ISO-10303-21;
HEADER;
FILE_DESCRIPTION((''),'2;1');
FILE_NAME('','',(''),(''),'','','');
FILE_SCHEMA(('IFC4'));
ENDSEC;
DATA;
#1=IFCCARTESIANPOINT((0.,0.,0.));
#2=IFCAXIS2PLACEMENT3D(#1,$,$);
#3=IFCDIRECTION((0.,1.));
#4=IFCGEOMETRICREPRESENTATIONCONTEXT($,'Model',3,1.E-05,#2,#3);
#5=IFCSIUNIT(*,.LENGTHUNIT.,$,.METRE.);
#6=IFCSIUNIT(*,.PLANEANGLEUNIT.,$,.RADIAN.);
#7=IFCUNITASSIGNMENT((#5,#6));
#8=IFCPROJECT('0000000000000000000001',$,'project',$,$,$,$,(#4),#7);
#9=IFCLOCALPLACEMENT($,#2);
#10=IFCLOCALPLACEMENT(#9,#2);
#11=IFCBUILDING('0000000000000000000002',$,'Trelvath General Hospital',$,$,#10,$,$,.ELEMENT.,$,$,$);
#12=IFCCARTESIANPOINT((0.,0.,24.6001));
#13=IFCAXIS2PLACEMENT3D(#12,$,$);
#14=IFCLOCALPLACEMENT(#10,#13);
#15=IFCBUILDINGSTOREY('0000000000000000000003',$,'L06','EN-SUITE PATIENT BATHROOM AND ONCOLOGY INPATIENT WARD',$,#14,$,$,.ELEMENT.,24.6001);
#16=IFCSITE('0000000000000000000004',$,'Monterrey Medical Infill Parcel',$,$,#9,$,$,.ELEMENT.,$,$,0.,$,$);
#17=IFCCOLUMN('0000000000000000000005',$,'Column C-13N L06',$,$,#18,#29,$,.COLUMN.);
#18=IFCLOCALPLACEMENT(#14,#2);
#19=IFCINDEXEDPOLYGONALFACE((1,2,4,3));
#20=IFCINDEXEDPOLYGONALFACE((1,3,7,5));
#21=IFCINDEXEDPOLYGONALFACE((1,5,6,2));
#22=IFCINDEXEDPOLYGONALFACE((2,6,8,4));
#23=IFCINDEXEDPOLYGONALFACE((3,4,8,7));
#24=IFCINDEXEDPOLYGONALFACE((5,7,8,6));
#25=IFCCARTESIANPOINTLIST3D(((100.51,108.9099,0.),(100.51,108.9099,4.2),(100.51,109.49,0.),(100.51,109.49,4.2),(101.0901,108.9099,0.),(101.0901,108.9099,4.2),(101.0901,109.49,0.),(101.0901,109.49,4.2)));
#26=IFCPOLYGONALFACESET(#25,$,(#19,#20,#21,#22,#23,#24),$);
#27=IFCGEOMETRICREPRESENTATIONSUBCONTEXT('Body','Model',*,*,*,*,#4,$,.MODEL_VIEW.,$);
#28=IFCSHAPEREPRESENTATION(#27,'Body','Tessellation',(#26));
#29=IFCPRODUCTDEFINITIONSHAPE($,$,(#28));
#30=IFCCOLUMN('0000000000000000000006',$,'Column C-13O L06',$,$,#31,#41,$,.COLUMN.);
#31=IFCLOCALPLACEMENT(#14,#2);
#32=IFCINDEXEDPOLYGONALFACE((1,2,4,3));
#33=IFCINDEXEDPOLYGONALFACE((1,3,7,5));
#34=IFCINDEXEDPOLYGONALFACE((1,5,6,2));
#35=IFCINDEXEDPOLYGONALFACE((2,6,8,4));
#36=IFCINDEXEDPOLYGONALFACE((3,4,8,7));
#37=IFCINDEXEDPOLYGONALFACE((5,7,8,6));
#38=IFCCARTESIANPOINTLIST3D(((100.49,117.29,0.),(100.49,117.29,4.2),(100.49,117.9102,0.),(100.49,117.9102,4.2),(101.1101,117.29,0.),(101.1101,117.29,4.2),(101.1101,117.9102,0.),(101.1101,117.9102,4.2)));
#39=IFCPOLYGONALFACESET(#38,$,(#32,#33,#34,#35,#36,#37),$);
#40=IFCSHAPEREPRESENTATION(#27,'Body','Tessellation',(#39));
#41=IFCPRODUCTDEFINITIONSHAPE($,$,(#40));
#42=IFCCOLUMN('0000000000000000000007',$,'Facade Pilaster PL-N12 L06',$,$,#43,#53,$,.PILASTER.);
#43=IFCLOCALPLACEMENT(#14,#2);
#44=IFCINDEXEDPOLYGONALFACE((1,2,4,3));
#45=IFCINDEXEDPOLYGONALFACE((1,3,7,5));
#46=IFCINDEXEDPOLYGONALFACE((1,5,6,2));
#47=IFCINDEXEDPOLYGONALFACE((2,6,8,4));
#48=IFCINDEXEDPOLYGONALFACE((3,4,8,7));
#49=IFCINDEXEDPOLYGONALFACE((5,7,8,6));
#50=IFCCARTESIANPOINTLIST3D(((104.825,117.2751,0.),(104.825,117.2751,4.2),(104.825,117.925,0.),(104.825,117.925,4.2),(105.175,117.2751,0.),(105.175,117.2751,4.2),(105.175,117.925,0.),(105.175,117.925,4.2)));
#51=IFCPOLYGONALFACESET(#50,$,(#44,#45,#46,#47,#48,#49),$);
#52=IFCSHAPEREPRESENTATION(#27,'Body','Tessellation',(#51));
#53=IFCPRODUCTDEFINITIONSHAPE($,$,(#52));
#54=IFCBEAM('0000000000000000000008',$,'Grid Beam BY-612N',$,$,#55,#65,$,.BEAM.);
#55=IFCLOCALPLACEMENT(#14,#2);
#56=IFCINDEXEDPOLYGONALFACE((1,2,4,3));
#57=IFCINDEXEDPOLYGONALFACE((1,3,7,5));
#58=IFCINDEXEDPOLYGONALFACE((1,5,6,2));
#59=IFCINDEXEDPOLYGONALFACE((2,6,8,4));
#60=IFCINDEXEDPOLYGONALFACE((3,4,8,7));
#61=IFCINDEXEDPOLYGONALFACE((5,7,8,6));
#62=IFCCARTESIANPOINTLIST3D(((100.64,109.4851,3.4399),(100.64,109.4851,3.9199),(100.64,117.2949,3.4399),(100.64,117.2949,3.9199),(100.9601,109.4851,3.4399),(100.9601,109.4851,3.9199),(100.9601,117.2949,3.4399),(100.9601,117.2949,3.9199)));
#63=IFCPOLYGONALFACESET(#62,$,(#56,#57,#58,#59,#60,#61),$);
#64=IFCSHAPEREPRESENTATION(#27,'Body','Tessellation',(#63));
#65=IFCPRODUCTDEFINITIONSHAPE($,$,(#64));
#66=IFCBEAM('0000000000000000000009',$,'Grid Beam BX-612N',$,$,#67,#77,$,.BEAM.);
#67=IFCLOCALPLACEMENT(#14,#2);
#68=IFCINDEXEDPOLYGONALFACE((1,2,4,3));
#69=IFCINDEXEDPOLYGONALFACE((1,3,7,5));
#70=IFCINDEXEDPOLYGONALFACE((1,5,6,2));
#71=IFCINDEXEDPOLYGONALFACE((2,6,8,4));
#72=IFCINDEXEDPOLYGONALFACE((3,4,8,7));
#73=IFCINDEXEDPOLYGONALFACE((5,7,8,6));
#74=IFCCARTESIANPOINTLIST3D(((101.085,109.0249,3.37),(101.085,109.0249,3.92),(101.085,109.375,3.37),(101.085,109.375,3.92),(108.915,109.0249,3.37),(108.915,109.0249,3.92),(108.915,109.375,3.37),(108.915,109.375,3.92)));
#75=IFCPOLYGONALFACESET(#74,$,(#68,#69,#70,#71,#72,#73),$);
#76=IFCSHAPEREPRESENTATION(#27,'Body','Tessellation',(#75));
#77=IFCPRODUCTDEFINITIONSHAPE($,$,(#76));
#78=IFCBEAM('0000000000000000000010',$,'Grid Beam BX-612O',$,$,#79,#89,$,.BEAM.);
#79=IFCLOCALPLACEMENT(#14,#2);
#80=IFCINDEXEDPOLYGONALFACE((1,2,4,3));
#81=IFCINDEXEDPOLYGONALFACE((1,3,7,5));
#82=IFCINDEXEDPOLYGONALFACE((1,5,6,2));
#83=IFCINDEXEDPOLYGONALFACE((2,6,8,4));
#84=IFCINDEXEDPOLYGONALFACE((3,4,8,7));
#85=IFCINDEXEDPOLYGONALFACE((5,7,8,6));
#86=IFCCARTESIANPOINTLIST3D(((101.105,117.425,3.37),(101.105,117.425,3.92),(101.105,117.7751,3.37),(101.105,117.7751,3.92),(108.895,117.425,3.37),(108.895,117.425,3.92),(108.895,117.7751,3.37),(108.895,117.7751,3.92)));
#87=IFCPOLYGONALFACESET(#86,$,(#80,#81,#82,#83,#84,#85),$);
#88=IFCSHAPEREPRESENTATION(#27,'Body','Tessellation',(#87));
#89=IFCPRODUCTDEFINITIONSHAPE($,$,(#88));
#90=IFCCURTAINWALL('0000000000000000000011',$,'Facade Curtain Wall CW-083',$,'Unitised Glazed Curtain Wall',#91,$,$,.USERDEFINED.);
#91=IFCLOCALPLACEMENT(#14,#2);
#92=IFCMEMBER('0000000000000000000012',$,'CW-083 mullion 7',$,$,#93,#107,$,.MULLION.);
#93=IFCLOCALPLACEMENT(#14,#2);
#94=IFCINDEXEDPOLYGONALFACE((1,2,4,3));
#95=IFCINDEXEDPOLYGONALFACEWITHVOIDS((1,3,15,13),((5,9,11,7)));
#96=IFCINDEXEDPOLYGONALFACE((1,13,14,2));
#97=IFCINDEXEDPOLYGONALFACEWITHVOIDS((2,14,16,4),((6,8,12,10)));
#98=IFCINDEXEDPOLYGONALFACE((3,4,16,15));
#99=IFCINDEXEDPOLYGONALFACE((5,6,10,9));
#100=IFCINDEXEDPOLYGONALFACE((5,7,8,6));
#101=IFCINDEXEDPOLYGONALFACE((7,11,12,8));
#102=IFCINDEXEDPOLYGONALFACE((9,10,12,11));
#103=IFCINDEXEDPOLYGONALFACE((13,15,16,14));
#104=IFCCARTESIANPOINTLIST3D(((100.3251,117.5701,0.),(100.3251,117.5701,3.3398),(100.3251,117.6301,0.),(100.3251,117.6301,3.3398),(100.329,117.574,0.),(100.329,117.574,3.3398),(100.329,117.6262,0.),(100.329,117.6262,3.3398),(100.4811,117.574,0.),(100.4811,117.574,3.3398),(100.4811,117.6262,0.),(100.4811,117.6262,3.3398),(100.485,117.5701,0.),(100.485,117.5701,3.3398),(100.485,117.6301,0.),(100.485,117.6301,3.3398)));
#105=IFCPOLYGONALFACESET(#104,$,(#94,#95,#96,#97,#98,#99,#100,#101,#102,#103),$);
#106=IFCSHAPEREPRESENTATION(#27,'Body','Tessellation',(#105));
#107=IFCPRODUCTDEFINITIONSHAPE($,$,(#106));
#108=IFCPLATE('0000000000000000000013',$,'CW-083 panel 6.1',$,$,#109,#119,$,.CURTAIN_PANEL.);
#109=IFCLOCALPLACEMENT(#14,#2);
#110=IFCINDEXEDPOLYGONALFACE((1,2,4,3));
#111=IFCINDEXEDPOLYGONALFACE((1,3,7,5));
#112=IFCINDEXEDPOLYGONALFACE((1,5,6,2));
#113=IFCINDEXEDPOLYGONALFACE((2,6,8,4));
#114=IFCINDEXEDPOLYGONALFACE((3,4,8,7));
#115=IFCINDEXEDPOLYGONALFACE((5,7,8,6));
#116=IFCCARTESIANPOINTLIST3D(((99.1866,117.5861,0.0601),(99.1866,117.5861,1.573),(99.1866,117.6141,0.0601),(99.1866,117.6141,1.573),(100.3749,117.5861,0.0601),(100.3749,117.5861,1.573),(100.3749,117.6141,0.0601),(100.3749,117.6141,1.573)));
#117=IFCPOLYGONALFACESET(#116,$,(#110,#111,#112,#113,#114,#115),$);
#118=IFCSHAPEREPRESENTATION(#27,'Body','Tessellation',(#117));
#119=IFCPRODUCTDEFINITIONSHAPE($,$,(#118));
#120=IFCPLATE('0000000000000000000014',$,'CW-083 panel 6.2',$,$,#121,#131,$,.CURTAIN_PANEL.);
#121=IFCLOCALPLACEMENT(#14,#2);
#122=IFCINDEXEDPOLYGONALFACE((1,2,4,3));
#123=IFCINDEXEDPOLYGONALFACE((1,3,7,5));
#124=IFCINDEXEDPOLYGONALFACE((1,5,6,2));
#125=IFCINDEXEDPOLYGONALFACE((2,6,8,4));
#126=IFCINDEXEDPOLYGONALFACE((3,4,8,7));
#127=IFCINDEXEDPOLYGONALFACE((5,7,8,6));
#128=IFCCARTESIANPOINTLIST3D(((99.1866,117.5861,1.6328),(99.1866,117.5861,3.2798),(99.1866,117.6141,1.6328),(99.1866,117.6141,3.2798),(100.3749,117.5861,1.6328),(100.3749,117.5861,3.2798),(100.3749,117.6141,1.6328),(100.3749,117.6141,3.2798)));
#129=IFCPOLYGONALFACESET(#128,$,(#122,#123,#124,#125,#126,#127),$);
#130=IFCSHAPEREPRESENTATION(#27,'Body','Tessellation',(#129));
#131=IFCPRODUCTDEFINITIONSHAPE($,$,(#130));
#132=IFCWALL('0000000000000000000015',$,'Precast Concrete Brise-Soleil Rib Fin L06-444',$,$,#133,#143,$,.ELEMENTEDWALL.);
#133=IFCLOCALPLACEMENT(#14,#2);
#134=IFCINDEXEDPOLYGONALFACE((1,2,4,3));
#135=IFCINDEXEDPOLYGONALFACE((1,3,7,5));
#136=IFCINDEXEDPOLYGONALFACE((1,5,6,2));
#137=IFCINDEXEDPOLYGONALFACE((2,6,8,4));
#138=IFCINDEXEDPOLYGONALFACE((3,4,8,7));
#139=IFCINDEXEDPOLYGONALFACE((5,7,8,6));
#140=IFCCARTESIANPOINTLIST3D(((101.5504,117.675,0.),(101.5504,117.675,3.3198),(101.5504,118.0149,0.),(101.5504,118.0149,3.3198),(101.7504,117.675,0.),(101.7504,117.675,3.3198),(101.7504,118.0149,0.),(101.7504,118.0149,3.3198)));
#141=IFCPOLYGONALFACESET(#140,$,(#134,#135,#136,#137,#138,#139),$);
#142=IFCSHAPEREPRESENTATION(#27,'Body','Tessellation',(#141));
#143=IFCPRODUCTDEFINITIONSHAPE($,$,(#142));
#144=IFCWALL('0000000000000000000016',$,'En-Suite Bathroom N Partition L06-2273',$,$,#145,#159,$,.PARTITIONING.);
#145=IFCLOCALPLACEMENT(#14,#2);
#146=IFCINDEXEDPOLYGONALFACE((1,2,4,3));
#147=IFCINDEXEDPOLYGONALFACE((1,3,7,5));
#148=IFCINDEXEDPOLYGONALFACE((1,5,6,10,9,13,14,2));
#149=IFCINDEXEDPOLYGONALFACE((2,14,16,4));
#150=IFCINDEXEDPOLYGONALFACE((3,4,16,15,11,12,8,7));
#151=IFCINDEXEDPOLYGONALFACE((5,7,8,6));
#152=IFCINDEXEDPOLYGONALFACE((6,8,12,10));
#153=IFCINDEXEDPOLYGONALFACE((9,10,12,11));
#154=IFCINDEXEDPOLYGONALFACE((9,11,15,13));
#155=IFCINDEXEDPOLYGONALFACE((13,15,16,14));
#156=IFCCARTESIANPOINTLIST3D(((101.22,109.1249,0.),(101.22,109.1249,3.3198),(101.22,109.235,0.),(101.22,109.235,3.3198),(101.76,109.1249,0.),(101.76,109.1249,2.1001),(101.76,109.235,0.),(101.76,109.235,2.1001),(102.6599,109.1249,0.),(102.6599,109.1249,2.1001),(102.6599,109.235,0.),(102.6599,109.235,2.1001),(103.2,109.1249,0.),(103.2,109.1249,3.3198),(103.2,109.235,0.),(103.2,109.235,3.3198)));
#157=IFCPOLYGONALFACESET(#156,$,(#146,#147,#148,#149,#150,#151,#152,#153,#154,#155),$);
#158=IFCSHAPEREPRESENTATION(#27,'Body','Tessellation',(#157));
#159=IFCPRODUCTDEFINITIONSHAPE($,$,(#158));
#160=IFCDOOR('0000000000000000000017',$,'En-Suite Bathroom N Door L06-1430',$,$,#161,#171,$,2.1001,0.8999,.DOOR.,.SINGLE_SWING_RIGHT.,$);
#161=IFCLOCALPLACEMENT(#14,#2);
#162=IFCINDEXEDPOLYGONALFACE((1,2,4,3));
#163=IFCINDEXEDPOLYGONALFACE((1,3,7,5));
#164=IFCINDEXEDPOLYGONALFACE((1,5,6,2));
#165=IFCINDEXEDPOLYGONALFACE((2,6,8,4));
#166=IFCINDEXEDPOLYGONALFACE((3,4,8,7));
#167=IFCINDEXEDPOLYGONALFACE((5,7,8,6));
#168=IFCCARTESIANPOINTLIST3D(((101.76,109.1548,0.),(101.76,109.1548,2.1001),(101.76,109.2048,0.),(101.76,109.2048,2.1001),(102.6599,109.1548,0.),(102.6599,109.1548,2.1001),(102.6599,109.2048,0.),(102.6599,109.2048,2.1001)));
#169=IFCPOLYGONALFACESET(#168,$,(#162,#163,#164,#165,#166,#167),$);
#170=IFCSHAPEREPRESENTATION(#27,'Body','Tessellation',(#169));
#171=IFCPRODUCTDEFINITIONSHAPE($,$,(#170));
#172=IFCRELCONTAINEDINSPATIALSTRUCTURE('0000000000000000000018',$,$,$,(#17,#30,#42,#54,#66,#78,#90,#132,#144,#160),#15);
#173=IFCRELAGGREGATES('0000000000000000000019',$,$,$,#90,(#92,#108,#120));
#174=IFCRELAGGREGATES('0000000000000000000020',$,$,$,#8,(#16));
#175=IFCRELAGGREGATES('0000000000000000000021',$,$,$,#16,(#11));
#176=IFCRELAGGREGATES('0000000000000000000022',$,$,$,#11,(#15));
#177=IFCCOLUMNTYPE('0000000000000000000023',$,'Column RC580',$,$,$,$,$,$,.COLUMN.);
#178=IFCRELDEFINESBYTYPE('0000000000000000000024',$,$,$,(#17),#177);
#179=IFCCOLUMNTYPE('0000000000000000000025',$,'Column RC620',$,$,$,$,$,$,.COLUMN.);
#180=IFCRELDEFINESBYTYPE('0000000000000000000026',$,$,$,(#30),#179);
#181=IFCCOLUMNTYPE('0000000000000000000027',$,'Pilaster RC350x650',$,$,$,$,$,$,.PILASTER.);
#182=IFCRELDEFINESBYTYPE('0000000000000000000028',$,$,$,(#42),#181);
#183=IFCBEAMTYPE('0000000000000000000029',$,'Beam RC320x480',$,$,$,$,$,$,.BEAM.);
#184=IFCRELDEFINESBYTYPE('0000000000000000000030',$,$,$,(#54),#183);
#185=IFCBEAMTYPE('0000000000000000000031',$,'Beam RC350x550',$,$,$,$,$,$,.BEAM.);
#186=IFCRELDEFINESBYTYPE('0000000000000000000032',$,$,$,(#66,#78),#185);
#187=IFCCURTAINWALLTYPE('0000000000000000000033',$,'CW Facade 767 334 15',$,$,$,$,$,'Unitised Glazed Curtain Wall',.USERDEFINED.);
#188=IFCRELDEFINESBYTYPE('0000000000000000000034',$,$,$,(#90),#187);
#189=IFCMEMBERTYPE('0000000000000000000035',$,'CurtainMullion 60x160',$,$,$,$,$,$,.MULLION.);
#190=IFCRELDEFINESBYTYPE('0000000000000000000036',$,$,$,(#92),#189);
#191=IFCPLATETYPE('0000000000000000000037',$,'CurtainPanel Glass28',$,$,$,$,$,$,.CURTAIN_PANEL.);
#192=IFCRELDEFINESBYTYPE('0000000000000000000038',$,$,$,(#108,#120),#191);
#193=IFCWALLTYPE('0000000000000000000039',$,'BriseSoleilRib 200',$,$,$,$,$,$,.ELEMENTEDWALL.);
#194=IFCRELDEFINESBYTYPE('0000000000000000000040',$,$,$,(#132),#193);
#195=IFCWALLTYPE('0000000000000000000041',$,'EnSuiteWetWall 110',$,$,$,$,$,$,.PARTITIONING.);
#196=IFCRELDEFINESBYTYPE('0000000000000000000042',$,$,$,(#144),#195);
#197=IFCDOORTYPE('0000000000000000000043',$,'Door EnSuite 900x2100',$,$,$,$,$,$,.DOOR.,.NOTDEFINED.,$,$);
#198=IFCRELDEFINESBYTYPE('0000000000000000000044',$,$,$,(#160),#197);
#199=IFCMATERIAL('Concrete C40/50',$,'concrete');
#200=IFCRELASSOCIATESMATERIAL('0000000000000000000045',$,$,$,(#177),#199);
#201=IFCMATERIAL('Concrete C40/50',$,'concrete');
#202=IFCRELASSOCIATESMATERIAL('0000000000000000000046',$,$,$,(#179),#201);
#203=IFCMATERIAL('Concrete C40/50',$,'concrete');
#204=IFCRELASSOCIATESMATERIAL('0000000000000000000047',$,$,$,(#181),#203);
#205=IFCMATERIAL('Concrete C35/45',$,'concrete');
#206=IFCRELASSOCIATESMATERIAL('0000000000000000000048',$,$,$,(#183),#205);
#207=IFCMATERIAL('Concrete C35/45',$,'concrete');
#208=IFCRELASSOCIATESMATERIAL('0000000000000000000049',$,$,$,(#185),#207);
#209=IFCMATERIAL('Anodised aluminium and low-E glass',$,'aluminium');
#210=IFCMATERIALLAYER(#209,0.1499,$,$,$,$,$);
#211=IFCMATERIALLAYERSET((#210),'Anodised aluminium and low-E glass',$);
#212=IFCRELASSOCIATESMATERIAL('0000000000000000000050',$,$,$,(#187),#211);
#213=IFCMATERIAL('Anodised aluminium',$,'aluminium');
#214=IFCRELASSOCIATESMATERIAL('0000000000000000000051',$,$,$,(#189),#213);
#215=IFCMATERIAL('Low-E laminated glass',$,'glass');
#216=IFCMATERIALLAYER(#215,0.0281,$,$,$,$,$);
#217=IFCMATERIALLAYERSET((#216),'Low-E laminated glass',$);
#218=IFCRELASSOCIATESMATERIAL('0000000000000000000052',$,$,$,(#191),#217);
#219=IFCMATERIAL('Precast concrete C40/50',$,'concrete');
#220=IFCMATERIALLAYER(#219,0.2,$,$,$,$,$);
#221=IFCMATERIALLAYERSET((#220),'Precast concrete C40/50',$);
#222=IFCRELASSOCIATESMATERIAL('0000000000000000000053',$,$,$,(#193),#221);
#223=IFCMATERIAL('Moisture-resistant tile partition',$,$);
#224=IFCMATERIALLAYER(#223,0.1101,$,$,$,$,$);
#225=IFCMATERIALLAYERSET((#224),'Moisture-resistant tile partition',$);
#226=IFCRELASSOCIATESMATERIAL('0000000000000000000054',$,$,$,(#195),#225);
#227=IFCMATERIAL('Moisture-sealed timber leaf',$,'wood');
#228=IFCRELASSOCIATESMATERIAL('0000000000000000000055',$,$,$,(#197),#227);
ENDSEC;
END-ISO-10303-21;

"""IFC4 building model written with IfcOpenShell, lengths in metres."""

from ifc_helpers import new_model, si_unit, direction, frame, frame_2d, origin, origin_2d, place, context, subcontext, project, spatial, rectangle, hollow_rectangle, extrude, material, layer, layer_set, material_profile, profile_set, type_object, element, fill, aggregate, save


model = new_model("IFC4")

# Units and contexts
model_context = context("Model", 3, precision=1e-05, world=origin(), true_north=direction((0.0, 1.0)))
body_context = subcontext(model_context, "Body", "Model", "MODEL_VIEW")
ifc_project = project(units=[si_unit("LENGTHUNIT", "METRE"), si_unit("PLANEANGLEUNIT", "RADIAN")], contexts=[model_context])

# Site, building, storey
site_placement = place(None, origin())
site = spatial("IfcSite", under=ifc_project, at=site_placement, Name="Monterrey Medical Infill Parcel", CompositionType="ELEMENT", RefElevation=0.0)
building_placement = place(site_placement, origin())
building = spatial("IfcBuilding", under=site, at=building_placement, Name="Trelvath General Hospital", CompositionType="ELEMENT")
storey_placement = place(building_placement, frame((0.0, 0.0, 24.6001)))
storey = spatial("IfcBuildingStorey", under=building, at=storey_placement, Name="L06", Description="EN-SUITE PATIENT BATHROOM AND ONCOLOGY INPATIENT WARD", CompositionType="ELEMENT", Elevation=24.6001)

# Columns
ifc_material_1 = material(Name="Concrete C40/50", Category="concrete")
ifc_material_profile_1 = material_profile(ifc_material_1, rectangle(XDim=0.5801, YDim=0.5801, at=origin_2d()), Name="RC580x580")
ifc_profile_set_1 = profile_set([ifc_material_profile_1], Name="Concrete C40/50")
column_type_1 = type_object("IfcColumnType", Name="Column RC580", PredefinedType="COLUMN", material=ifc_profile_set_1)
column_1_placement = place(storey_placement, frame((100.8, 109.2, 0.0), z_axis=(0.0, 0.0, 1.0), x_axis=(1.0, 0.0, 0.0)))
element("IfcColumn", 1, at=column_1_placement, inside=storey, type_object=column_type_1, Name="Column C-13N L06", PredefinedType="COLUMN", context=body_context, shape_type="SweptSolid", body=[
    extrude(rectangle(XDim=0.5801, YDim=0.5801, at=origin_2d()), origin(), (0.0, 0.0, 1.0), 4.2),
])
ifc_material_2 = material(Name="Concrete C40/50", Category="concrete")
ifc_material_profile_2 = material_profile(ifc_material_2, rectangle(XDim=0.6201, YDim=0.6201, at=origin_2d()), Name="RC620x620")
ifc_profile_set_2 = profile_set([ifc_material_profile_2], Name="Concrete C40/50")
column_type_2 = type_object("IfcColumnType", Name="Column RC620", PredefinedType="COLUMN", material=ifc_profile_set_2)
column_2_placement = place(storey_placement, frame((100.8, 117.6001, 0.0), z_axis=(0.0, 0.0, 1.0), x_axis=(1.0, 0.0, 0.0)))
element("IfcColumn", 2, at=column_2_placement, inside=storey, type_object=column_type_2, Name="Column C-13O L06", PredefinedType="COLUMN", context=body_context, shape_type="SweptSolid", body=[
    extrude(rectangle(XDim=0.6201, YDim=0.6201, at=origin_2d()), origin(), (0.0, 0.0, 1.0), 4.2),
])
ifc_material_3 = material(Name="Concrete C40/50", Category="concrete")
ifc_material_profile_3 = material_profile(ifc_material_3, rectangle(XDim=0.3501, YDim=0.6499, at=origin_2d()), Name="RC350x650")
ifc_profile_set_3 = profile_set([ifc_material_profile_3], Name="Concrete C40/50")
column_type_3 = type_object("IfcColumnType", Name="Pilaster RC350x650", PredefinedType="PILASTER", material=ifc_profile_set_3)
column_3_placement = place(storey_placement, frame((105.0, 117.6001, 0.0), z_axis=(0.0, 0.0, 1.0), x_axis=(1.0, 0.0, 0.0)))
element("IfcColumn", 3, at=column_3_placement, inside=storey, type_object=column_type_3, Name="Facade Pilaster PL-N12 L06", PredefinedType="PILASTER", context=body_context, shape_type="SweptSolid", body=[
    extrude(rectangle(XDim=0.3501, YDim=0.6499, at=origin_2d()), origin(), (0.0, 0.0, 1.0), 4.2),
])

# Beams
ifc_material_4 = material(Name="Concrete C35/45", Category="concrete")
ifc_material_profile_4 = material_profile(ifc_material_4, rectangle(XDim=0.3201, YDim=0.48, at=origin_2d()), Name="RCB320x480")
ifc_profile_set_4 = profile_set([ifc_material_profile_4], Name="Concrete C35/45")
beam_type_1 = type_object("IfcBeamType", Name="Beam RC320x480", PredefinedType="BEAM", material=ifc_profile_set_4)
beam_1_placement = place(storey_placement, frame((100.8, 109.4851, 3.6799), z_axis=(0.0, 1.0, 0.0), x_axis=(-1.0, 0.0, 0.0)))
element("IfcBeam", 4, at=beam_1_placement, inside=storey, type_object=beam_type_1, Name="Grid Beam BY-612N", PredefinedType="BEAM", context=body_context, shape_type="SweptSolid", body=[
    extrude(rectangle(XDim=0.3201, YDim=0.48, at=origin_2d()), origin(), (0.0, 0.0, 1.0), 7.8098),
])
ifc_material_5 = material(Name="Concrete C35/45", Category="concrete")
ifc_material_profile_5 = material_profile(ifc_material_5, rectangle(XDim=0.3501, YDim=0.55, at=origin_2d()), Name="RCB350x550")
ifc_profile_set_5 = profile_set([ifc_material_profile_5], Name="Concrete C35/45")
beam_type_2 = type_object("IfcBeamType", Name="Beam RC350x550", PredefinedType="BEAM", material=ifc_profile_set_5)
beam_2_placement = place(storey_placement, frame((101.085, 109.2, 3.645), z_axis=(1.0, 0.0, 0.0), x_axis=(0.0, 1.0, 0.0)))
element("IfcBeam", 5, at=beam_2_placement, inside=storey, type_object=beam_type_2, Name="Grid Beam BX-612N", PredefinedType="BEAM", context=body_context, shape_type="SweptSolid", body=[
    extrude(rectangle(XDim=0.3501, YDim=0.55, at=origin_2d()), origin(), (0.0, 0.0, 1.0), 7.8301),
])
beam_3_placement = place(storey_placement, frame((101.105, 117.6001, 3.645), z_axis=(1.0, 0.0, 0.0), x_axis=(0.0, 1.0, 0.0)))
element("IfcBeam", 6, at=beam_3_placement, inside=storey, type_object=beam_type_2, Name="Grid Beam BX-612O", PredefinedType="BEAM", context=body_context, shape_type="SweptSolid", body=[
    extrude(rectangle(XDim=0.3501, YDim=0.55, at=origin_2d()), origin(), (0.0, 0.0, 1.0), 7.79),
])

# Curtain wall, member, plates
ifc_material_6 = material(Name="Anodised aluminium and low-E glass", Category="aluminium")
ifc_layer_1 = layer(ifc_material_6, 0.1499)
ifc_layer_set_1 = layer_set([ifc_layer_1], Name="Anodised aluminium and low-E glass")
curtain_wall_type = type_object("IfcCurtainWallType", Name="CW Facade 767 334 15", ElementType="Unitised Glazed Curtain Wall", PredefinedType="USERDEFINED", material=ifc_layer_set_1)
curtain_wall_placement = place(storey_placement, origin())
curtain_wall = element("IfcCurtainWall", 7, at=curtain_wall_placement, inside=storey, type_object=curtain_wall_type, Name="Facade Curtain Wall CW-083", ObjectType="Unitised Glazed Curtain Wall", PredefinedType="USERDEFINED")
ifc_material_7 = material(Name="Anodised aluminium", Category="aluminium")
ifc_material_profile_6 = material_profile(ifc_material_7, hollow_rectangle(XDim=0.0601, YDim=0.1599, WallThickness=0.0039, at=origin_2d()), Name="RHS60x160x4")
ifc_profile_set_6 = profile_set([ifc_material_profile_6], Name="Anodised aluminium")
member_type = type_object("IfcMemberType", Name="CurtainMullion 60x160", PredefinedType="MULLION", material=ifc_profile_set_6)
member_placement = place(storey_placement, frame((100.405, 117.6001, 0.0), z_axis=(0.0, 0.0, 1.0), x_axis=(0.0, 1.0, 0.0)))
member = element("IfcMember", 8, at=member_placement, type_object=member_type, Name="CW-083 mullion 7", PredefinedType="MULLION", context=body_context, shape_type="SweptSolid", body=[
    extrude(hollow_rectangle(XDim=0.0601, YDim=0.1599, WallThickness=0.0039, at=origin_2d()), origin(), (0.0, 0.0, 1.0), 3.3398),
])
ifc_material_8 = material(Name="Low-E laminated glass", Category="glass")
ifc_layer_2 = layer(ifc_material_8, 0.0281)
ifc_layer_set_2 = layer_set([ifc_layer_2], Name="Low-E laminated glass")
plate_type = type_object("IfcPlateType", Name="CurtainPanel Glass28", PredefinedType="CURTAIN_PANEL", material=ifc_layer_set_2)
plate_1_placement = place(storey_placement, frame((99.7808, 117.6001, 0.0601), z_axis=(0.0, 0.0, 1.0), x_axis=(1.0, 0.0, 0.0)))
plate_1 = element("IfcPlate", 9, at=plate_1_placement, type_object=plate_type, Name="CW-083 panel 6.1", PredefinedType="CURTAIN_PANEL", context=body_context, shape_type="SweptSolid", body=[
    extrude(rectangle(XDim=1.1882, YDim=0.0281, at=origin_2d()), origin(), (0.0, 0.0, 1.0), 1.5129),
])
plate_2_placement = place(storey_placement, frame((99.7808, 117.6001, 1.6328), z_axis=(0.0, 0.0, 1.0), x_axis=(1.0, 0.0, 0.0)))
plate_2 = element("IfcPlate", 10, at=plate_2_placement, type_object=plate_type, Name="CW-083 panel 6.2", PredefinedType="CURTAIN_PANEL", context=body_context, shape_type="SweptSolid", body=[
    extrude(rectangle(XDim=1.1882, YDim=0.0281, at=origin_2d()), origin(), (0.0, 0.0, 1.0), 1.647),
])
aggregate(curtain_wall, [member, plate_1, plate_2])

# Wall
ifc_material_9 = material(Name="Precast concrete C40/50", Category="concrete")
ifc_layer_3 = layer(ifc_material_9, 0.2)
ifc_layer_set_3 = layer_set([ifc_layer_3], Name="Precast concrete C40/50")
wall_type_1 = type_object("IfcWallType", Name="BriseSoleilRib 200", PredefinedType="ELEMENTEDWALL", material=ifc_layer_set_3)
wall_1_placement = place(storey_placement, frame((101.6504, 117.675, 0.0), z_axis=(0.0, 0.0, 1.0), x_axis=(0.0, 1.0, 0.0)))
element("IfcWall", 11, at=wall_1_placement, inside=storey, type_object=wall_type_1, Name="Precast Concrete Brise-Soleil Rib Fin L06-444", PredefinedType="ELEMENTEDWALL", context=body_context, shape_type="SweptSolid", body=[
    extrude(rectangle(XDim=0.3398, YDim=0.2, at=frame_2d((0.1699, 0.0))), origin(), (0.0, 0.0, 1.0), 3.3198),
])

# Wall, opening, door
ifc_material_10 = material(Name="Moisture-resistant tile partition")
ifc_layer_4 = layer(ifc_material_10, 0.1101)
ifc_layer_set_4 = layer_set([ifc_layer_4], Name="Moisture-resistant tile partition")
wall_type_2 = type_object("IfcWallType", Name="EnSuiteWetWall 110", PredefinedType="PARTITIONING", material=ifc_layer_set_4)
wall_2_placement = place(storey_placement, frame((101.22, 109.1799, 0.0), z_axis=(0.0, 0.0, 1.0), x_axis=(1.0, 0.0, 0.0)))
wall_2 = element("IfcWall", 12, at=wall_2_placement, inside=storey, type_object=wall_type_2, Name="En-Suite Bathroom N Partition L06-2273", PredefinedType="PARTITIONING", context=body_context, shape_type="SweptSolid", body=[
    extrude(rectangle(XDim=1.98, YDim=0.1101, at=frame_2d((0.99, 0.0))), origin(), (0.0, 0.0, 1.0), 3.3198),
])
opening_1_placement = place(wall_2_placement, frame((0.54, 0.0, 0.0)))
opening_1 = element("IfcOpeningElement", 13, at=opening_1_placement, cuts=wall_2, PredefinedType="OPENING", context=body_context, shape_type="SweptSolid", body=[
    extrude(rectangle(XDim=0.8999, YDim=2.1001, at=frame_2d((0.45, 1.05))), frame((0.0, 0.0649, 0.0), z_axis=(0.0, -1.0, 0.0), x_axis=(1.0, 0.0, 0.0)), (0.0, 0.0, 1.0), 0.1301),
])
ifc_material_11 = material(Name="Moisture-sealed timber leaf", Category="wood")
door_type = type_object("IfcDoorType", Name="Door EnSuite 900x2100", OperationType="NOTDEFINED", PredefinedType="DOOR", material=ifc_material_11)
door_placement = place(opening_1_placement, origin())
door = element("IfcDoor", 14, at=door_placement, inside=storey, type_object=door_type, Name="En-Suite Bathroom N Door L06-1430", OperationType="SINGLE_SWING_RIGHT", OverallHeight=2.1001, OverallWidth=0.8999, PredefinedType="DOOR", context=body_context, shape_type="SweptSolid", body=[
    extrude(rectangle(XDim=0.8999, YDim=2.1001, at=frame_2d((0.45, 1.05))), frame((0.0, 0.0249, 0.0), z_axis=(0.0, -1.0, 0.0), x_axis=(1.0, 0.0, 0.0)), (0.0, 0.0, 1.0), 0.05),
])
fill(opening_1, door)

save(model, "model.ifc")
